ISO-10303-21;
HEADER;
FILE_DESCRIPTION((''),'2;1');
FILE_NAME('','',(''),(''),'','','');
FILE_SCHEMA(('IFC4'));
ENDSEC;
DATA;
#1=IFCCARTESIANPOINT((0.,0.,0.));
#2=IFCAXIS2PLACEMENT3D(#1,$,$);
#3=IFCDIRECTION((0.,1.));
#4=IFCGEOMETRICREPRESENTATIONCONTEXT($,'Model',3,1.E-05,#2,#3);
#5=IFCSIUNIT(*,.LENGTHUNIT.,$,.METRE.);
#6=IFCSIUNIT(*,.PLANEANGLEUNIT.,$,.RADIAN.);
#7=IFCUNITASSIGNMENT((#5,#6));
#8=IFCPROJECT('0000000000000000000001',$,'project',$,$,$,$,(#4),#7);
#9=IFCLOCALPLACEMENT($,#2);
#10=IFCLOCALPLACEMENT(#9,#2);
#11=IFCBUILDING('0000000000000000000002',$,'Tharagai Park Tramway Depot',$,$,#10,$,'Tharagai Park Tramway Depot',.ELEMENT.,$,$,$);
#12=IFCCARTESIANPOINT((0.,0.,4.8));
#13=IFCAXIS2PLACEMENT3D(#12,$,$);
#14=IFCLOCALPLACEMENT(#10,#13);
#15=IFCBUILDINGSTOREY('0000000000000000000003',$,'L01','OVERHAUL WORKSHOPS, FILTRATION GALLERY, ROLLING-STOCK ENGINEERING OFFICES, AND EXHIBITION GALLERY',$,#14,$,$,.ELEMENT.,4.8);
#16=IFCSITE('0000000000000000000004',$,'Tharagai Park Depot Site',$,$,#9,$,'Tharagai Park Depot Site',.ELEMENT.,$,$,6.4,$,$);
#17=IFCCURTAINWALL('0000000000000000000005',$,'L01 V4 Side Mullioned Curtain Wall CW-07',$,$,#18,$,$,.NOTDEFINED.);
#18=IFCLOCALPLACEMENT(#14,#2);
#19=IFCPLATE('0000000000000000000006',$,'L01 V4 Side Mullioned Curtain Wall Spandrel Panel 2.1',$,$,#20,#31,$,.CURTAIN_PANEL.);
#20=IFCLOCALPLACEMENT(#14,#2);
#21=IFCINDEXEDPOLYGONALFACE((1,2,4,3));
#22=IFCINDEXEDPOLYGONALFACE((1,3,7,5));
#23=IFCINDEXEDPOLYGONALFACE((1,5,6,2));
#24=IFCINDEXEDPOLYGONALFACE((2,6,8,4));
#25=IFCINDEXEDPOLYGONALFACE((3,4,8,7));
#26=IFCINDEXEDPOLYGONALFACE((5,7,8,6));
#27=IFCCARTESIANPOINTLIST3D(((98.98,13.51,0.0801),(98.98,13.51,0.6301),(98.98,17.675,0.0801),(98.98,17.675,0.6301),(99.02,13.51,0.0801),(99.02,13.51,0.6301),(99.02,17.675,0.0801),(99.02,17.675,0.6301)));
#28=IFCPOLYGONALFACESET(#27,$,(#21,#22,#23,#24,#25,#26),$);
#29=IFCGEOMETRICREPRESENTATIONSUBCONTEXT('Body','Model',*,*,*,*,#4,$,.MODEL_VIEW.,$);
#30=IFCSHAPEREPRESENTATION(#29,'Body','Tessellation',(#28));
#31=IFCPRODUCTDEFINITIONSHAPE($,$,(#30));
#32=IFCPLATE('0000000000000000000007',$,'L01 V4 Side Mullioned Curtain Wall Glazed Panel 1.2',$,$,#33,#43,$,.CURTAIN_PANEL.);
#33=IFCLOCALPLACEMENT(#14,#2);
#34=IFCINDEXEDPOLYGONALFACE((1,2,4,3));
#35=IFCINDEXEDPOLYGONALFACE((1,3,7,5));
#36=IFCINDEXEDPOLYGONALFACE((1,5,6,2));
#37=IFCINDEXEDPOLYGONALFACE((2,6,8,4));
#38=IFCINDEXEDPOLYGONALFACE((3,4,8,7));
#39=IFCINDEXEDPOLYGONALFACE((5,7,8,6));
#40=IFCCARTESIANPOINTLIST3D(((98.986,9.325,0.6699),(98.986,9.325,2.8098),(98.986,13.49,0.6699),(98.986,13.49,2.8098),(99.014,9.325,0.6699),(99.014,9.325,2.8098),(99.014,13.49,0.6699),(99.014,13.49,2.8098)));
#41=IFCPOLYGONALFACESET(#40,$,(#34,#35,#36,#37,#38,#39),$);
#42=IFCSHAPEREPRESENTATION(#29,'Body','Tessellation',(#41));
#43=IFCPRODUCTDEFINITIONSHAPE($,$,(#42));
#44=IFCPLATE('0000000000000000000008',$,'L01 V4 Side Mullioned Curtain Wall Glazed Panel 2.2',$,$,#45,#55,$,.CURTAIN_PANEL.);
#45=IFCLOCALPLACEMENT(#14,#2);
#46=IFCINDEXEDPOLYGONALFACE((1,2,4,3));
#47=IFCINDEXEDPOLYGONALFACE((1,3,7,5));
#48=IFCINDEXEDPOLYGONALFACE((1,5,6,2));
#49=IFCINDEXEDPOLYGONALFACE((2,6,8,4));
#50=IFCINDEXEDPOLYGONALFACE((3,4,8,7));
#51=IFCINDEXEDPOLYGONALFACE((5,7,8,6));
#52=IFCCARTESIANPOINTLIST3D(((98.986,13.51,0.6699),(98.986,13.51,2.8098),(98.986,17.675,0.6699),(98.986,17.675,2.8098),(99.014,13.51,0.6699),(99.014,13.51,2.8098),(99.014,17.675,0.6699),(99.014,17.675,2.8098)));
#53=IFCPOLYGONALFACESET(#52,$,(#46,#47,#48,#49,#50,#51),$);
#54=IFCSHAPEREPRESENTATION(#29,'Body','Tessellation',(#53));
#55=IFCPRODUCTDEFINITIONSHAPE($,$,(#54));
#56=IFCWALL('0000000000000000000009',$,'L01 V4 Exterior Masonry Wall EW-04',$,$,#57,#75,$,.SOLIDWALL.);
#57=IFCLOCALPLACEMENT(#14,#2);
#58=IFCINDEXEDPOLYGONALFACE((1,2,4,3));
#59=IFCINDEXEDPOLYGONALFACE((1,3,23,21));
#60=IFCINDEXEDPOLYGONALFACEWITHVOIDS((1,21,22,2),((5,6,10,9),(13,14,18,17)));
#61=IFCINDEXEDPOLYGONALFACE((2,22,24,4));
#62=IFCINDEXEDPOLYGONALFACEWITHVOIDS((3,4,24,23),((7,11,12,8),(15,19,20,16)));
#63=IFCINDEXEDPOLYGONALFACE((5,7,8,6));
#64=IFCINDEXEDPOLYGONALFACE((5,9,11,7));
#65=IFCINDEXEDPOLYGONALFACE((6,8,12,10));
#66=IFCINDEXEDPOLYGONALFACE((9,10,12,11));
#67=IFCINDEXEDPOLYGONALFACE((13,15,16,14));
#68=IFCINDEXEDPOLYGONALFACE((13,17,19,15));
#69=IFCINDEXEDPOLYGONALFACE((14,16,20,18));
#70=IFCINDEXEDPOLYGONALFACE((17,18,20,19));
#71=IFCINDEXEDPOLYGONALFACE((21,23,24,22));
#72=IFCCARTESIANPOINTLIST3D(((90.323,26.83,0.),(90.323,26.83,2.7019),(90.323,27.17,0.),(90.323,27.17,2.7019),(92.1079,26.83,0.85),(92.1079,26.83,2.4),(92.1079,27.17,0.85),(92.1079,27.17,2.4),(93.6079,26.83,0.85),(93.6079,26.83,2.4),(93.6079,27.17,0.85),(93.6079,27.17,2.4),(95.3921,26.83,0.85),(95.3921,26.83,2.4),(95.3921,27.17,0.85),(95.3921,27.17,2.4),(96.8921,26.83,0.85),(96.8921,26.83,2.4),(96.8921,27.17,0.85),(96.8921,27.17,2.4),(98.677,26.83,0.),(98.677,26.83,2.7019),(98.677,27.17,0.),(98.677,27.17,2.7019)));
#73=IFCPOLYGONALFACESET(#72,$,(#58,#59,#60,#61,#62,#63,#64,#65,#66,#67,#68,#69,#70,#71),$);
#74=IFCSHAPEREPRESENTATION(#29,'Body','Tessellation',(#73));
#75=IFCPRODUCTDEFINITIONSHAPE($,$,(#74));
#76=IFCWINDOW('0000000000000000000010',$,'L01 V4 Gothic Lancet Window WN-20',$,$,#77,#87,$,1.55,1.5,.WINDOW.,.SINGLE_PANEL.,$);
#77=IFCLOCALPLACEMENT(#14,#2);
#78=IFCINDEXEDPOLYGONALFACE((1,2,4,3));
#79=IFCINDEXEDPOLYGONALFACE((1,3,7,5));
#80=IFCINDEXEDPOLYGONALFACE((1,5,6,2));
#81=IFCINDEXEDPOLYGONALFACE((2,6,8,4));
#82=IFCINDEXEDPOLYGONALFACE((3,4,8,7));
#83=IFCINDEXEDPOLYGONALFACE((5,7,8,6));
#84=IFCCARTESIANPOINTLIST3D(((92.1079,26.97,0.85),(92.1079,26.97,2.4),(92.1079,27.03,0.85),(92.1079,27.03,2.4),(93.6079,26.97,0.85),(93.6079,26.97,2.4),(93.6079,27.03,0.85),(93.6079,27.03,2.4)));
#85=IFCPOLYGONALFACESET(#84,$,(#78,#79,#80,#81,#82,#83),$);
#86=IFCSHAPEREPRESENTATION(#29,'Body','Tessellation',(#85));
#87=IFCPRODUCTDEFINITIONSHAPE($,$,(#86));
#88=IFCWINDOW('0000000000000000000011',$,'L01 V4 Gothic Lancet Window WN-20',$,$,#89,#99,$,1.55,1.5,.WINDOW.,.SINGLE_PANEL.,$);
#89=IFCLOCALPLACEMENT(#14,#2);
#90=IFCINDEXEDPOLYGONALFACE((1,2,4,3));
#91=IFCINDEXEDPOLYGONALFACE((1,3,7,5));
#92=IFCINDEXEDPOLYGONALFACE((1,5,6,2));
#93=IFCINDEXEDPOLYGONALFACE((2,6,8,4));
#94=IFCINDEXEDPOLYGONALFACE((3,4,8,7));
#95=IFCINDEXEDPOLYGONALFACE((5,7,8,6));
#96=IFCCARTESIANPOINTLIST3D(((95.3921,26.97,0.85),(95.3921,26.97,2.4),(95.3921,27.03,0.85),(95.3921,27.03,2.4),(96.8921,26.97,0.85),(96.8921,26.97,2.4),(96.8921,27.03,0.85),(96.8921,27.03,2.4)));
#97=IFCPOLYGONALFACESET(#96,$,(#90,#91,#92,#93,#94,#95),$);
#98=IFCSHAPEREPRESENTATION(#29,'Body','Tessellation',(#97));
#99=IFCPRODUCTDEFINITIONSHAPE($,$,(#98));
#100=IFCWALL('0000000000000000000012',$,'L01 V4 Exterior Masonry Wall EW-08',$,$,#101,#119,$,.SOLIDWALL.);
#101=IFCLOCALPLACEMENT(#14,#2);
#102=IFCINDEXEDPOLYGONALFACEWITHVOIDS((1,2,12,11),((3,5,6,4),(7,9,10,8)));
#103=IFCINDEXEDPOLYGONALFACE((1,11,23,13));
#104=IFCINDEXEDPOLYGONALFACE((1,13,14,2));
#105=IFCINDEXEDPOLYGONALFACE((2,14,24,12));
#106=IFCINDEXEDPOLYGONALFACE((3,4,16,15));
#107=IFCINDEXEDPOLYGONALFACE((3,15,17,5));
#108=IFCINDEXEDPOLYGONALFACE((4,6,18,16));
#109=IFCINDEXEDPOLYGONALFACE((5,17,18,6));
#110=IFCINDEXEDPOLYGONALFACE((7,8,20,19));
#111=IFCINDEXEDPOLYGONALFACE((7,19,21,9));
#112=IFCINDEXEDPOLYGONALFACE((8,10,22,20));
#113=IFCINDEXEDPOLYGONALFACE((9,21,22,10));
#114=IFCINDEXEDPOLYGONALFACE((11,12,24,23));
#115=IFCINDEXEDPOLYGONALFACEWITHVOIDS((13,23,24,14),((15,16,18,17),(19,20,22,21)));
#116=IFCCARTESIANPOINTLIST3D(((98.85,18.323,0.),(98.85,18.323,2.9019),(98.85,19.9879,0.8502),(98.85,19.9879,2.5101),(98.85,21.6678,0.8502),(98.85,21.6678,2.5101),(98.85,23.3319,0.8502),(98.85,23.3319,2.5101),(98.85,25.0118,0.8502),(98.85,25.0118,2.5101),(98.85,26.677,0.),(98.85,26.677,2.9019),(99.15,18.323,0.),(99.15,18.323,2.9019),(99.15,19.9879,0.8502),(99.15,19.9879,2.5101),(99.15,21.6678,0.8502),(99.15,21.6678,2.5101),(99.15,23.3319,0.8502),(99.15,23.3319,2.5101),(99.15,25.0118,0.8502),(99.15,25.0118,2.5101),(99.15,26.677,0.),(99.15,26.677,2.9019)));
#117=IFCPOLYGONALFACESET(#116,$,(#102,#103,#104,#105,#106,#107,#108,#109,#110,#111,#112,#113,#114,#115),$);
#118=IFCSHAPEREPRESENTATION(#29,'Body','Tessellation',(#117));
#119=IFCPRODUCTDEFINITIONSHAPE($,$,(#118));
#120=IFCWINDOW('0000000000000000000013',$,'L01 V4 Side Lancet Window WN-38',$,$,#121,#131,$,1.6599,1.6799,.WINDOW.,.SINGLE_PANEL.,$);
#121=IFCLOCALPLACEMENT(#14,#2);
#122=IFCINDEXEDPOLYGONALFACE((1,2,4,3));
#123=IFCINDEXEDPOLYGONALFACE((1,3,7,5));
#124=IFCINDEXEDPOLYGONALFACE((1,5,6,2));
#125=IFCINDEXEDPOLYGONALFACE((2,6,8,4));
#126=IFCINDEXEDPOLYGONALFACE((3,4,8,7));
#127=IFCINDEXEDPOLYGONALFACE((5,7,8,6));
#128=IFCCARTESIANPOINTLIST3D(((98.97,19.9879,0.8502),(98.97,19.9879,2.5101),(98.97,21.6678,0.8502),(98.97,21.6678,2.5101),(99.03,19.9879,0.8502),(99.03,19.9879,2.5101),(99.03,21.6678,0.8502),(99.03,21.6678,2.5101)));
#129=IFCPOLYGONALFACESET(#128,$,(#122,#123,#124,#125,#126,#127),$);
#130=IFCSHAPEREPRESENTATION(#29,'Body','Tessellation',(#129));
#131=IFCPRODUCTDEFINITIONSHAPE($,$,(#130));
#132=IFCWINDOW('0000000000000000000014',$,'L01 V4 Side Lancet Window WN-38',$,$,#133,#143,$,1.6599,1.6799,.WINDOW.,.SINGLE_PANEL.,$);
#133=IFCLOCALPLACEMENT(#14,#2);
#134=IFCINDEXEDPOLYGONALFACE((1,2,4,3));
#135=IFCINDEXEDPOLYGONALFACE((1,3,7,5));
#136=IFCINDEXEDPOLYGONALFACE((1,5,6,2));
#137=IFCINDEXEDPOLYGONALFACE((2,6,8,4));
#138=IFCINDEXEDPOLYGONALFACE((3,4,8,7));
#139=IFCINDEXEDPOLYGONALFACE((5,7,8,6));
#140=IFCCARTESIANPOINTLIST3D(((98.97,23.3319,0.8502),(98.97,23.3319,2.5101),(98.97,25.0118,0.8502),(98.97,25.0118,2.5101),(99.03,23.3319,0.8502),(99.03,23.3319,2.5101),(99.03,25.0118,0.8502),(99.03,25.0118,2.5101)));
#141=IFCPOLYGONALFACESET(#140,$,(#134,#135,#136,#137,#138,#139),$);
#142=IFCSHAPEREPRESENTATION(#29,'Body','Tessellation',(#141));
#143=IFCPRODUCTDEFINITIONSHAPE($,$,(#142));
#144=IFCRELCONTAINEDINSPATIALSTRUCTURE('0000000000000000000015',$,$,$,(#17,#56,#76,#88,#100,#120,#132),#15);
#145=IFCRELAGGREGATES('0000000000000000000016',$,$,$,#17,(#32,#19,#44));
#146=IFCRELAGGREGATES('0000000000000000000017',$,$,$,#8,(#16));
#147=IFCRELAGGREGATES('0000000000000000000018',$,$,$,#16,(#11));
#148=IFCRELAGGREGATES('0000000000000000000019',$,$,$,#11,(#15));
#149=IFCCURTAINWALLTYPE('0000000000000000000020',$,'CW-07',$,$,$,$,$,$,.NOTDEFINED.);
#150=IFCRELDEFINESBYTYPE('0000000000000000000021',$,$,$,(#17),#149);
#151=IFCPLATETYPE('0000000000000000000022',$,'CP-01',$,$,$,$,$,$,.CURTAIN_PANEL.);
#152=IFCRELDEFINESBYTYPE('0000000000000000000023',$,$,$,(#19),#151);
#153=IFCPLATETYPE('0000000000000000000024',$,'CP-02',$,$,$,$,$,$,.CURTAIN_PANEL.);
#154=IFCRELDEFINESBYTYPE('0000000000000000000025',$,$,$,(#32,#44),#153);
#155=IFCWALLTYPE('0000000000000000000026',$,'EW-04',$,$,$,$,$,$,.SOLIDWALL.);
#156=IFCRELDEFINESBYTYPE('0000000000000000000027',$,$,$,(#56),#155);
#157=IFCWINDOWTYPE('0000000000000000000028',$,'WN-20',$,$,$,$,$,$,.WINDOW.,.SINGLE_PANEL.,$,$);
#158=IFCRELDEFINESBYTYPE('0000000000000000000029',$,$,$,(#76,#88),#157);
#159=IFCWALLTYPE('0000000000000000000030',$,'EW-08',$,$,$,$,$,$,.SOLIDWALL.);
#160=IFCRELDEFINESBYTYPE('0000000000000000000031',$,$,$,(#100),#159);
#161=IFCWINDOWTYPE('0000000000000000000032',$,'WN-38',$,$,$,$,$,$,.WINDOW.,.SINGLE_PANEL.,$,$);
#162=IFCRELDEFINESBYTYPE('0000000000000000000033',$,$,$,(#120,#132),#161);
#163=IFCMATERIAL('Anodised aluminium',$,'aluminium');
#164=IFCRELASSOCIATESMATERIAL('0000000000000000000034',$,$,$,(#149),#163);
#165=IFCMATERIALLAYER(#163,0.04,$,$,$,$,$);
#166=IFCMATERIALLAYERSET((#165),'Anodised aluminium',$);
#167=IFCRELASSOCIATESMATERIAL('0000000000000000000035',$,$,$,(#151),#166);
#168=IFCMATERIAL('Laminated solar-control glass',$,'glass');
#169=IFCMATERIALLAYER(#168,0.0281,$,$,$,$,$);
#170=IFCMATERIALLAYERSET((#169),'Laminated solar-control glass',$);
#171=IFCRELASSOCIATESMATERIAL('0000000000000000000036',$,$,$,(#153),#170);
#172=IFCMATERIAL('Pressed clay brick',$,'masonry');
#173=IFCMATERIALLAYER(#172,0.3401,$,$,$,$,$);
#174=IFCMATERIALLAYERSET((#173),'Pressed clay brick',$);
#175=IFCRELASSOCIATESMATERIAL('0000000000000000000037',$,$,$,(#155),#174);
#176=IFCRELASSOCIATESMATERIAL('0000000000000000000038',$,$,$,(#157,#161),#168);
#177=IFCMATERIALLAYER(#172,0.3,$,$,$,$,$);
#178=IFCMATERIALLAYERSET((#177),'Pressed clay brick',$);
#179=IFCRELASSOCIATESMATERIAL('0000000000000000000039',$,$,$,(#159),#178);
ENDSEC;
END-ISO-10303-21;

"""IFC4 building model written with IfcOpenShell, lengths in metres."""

from ifc_helpers import new_model, si_unit, direction, frame, frame_2d, origin, origin_2d, place, context, subcontext, project, spatial, rectangle, extrude, material, layer, layer_set, type_object, element, fill, aggregate, save


model = new_model("IFC4")

# Units and contexts
model_context = context("Model", 3, precision=1e-05, world=origin(), true_north=direction((0.0, 1.0)))
body_context = subcontext(model_context, "Body", "Model", "MODEL_VIEW")
ifc_project = project(units=[si_unit("LENGTHUNIT", "METRE"), si_unit("PLANEANGLEUNIT", "RADIAN")], contexts=[model_context])

# Site, building, storey
site_placement = place(None, origin())
site = spatial("IfcSite", under=ifc_project, at=site_placement, Name="Tharagai Park Depot Site", LongName="Tharagai Park Depot Site", CompositionType="ELEMENT", RefElevation=6.4)
building_placement = place(site_placement, origin())
building = spatial("IfcBuilding", under=site, at=building_placement, Name="Tharagai Park Tramway Depot", LongName="Tharagai Park Tramway Depot", CompositionType="ELEMENT")
storey_placement = place(building_placement, frame((0.0, 0.0, 4.8)))
storey = spatial("IfcBuildingStorey", under=building, at=storey_placement, Name="L01", Description="OVERHAUL WORKSHOPS, FILTRATION GALLERY, ROLLING-STOCK ENGINEERING OFFICES, AND EXHIBITION GALLERY", CompositionType="ELEMENT", Elevation=4.8)

# Curtain wall
ifc_material_1 = material(Name="Anodised aluminium", Category="aluminium")
curtain_wall_type = type_object("IfcCurtainWallType", Name="CW-07", PredefinedType="NOTDEFINED", material=ifc_material_1)
curtain_wall_placement = place(storey_placement, origin())
curtain_wall = element("IfcCurtainWall", 1, at=curtain_wall_placement, inside=storey, type_object=curtain_wall_type, Name="L01 V4 Side Mullioned Curtain Wall CW-07", PredefinedType="NOTDEFINED")

# Plates
ifc_layer_1 = layer(ifc_material_1, 0.04)
ifc_layer_set_1 = layer_set([ifc_layer_1], Name="Anodised aluminium")
plate_type_1 = type_object("IfcPlateType", Name="CP-01", PredefinedType="CURTAIN_PANEL", material=ifc_layer_set_1)
plate_1_placement = place(storey_placement, frame((99.0, 15.5925, 0.0801), z_axis=(0.0, 0.0, 1.0), x_axis=(0.0, 1.0, 0.0)))
plate_1 = element("IfcPlate", 2, at=plate_1_placement, type_object=plate_type_1, Name="L01 V4 Side Mullioned Curtain Wall Spandrel Panel 2.1", PredefinedType="CURTAIN_PANEL", context=body_context, shape_type="SweptSolid", body=[
    extrude(rectangle(XDim=4.165, YDim=0.04, at=origin_2d()), origin(), (0.0, 0.0, 1.0), 0.55),
])
ifc_material_2 = material(Name="Laminated solar-control glass", Category="glass")
ifc_layer_2 = layer(ifc_material_2, 0.0281)
ifc_layer_set_2 = layer_set([ifc_layer_2], Name="Laminated solar-control glass")
plate_type_2 = type_object("IfcPlateType", Name="CP-02", PredefinedType="CURTAIN_PANEL", material=ifc_layer_set_2)
plate_2_placement = place(storey_placement, frame((99.0, 11.4075, 0.6699), z_axis=(0.0, 0.0, 1.0), x_axis=(0.0, 1.0, 0.0)))
plate_2 = element("IfcPlate", 3, at=plate_2_placement, type_object=plate_type_2, Name="L01 V4 Side Mullioned Curtain Wall Glazed Panel 1.2", PredefinedType="CURTAIN_PANEL", context=body_context, shape_type="SweptSolid", body=[
    extrude(rectangle(XDim=4.165, YDim=0.0281, at=origin_2d()), origin(), (0.0, 0.0, 1.0), 2.1399),
])
plate_3_placement = place(storey_placement, frame((99.0, 15.5925, 0.6699), z_axis=(0.0, 0.0, 1.0), x_axis=(0.0, 1.0, 0.0)))
plate_3 = element("IfcPlate", 4, at=plate_3_placement, type_object=plate_type_2, Name="L01 V4 Side Mullioned Curtain Wall Glazed Panel 2.2", PredefinedType="CURTAIN_PANEL", context=body_context, shape_type="SweptSolid", body=[
    extrude(rectangle(XDim=4.165, YDim=0.0281, at=origin_2d()), origin(), (0.0, 0.0, 1.0), 2.1399),
])
aggregate(curtain_wall, [plate_2, plate_1, plate_3])

# Walls, openings, windows
ifc_material_3 = material(Name="Pressed clay brick", Category="masonry")
ifc_layer_3 = layer(ifc_material_3, 0.3401)
ifc_layer_set_3 = layer_set([ifc_layer_3], Name="Pressed clay brick")
wall_type_1 = type_object("IfcWallType", Name="EW-04", PredefinedType="SOLIDWALL", material=ifc_layer_set_3)
wall_1_placement = place(storey_placement, frame((90.323, 27.0, 0.0), z_axis=(0.0, 0.0, 1.0), x_axis=(1.0, 0.0, 0.0)))
wall_1 = element("IfcWall", 5, at=wall_1_placement, inside=storey, type_object=wall_type_1, Name="L01 V4 Exterior Masonry Wall EW-04", PredefinedType="SOLIDWALL", context=body_context, shape_type="SweptSolid", body=[
    extrude(rectangle(XDim=8.354, YDim=0.3401, at=frame_2d((4.177, 0.0))), origin(), (0.0, 0.0, 1.0), 2.7019),
])
opening_1_placement = place(wall_1_placement, frame((1.7849, 0.0, 0.8501)))
opening_1 = element("IfcOpeningElement", 6, at=opening_1_placement, cuts=wall_1, PredefinedType="OPENING", context=body_context, shape_type="SweptSolid", body=[
    extrude(rectangle(XDim=1.5, YDim=1.55, at=frame_2d((0.75, 0.7749))), frame((0.0, 0.1799, 0.0), z_axis=(0.0, -1.0, 0.0), x_axis=(1.0, 0.0, 0.0)), (0.0, 0.0, 1.0), 0.3601),
])
opening_2_placement = place(wall_1_placement, frame((5.0691, 0.0, 0.8501)))
opening_2 = element("IfcOpeningElement", 7, at=opening_2_placement, cuts=wall_1, PredefinedType="OPENING", context=body_context, shape_type="SweptSolid", body=[
    extrude(rectangle(XDim=1.5, YDim=1.55, at=frame_2d((0.75, 0.7749))), frame((0.0, 0.1799, 0.0), z_axis=(0.0, -1.0, 0.0), x_axis=(1.0, 0.0, 0.0)), (0.0, 0.0, 1.0), 0.3601),
])
window_type_1 = type_object("IfcWindowType", Name="WN-20", PartitioningType="SINGLE_PANEL", PredefinedType="WINDOW", material=ifc_material_2)
window_1_placement = place(opening_1_placement, origin())
window_1 = element("IfcWindow", 8, at=window_1_placement, inside=storey, type_object=window_type_1, Name="L01 V4 Gothic Lancet Window WN-20", OverallHeight=1.55, OverallWidth=1.5, PartitioningType="SINGLE_PANEL", PredefinedType="WINDOW", context=body_context, shape_type="SweptSolid", body=[
    extrude(rectangle(XDim=1.5, YDim=1.55, at=frame_2d((0.75, 0.7749))), frame((0.0, 0.03, 0.0), z_axis=(0.0, -1.0, 0.0), x_axis=(1.0, 0.0, 0.0)), (0.0, 0.0, 1.0), 0.0601),
])
fill(opening_1, window_1)
window_2_placement = place(opening_2_placement, origin())
window_2 = element("IfcWindow", 9, at=window_2_placement, inside=storey, type_object=window_type_1, Name="L01 V4 Gothic Lancet Window WN-20", OverallHeight=1.55, OverallWidth=1.5, PartitioningType="SINGLE_PANEL", PredefinedType="WINDOW", context=body_context, shape_type="SweptSolid", body=[
    extrude(rectangle(XDim=1.5, YDim=1.55, at=frame_2d((0.75, 0.7749))), frame((0.0, 0.03, 0.0), z_axis=(0.0, -1.0, 0.0), x_axis=(1.0, 0.0, 0.0)), (0.0, 0.0, 1.0), 0.0601),
])
fill(opening_2, window_2)
ifc_layer_4 = layer(ifc_material_3, 0.3)
ifc_layer_set_4 = layer_set([ifc_layer_4], Name="Pressed clay brick")
wall_type_2 = type_object("IfcWallType", Name="EW-08", PredefinedType="SOLIDWALL", material=ifc_layer_set_4)
wall_2_placement = place(storey_placement, frame((99.0, 18.323, 0.0), z_axis=(0.0, 0.0, 1.0), x_axis=(0.0, 1.0, 0.0)))
wall_2 = element("IfcWall", 10, at=wall_2_placement, inside=storey, type_object=wall_type_2, Name="L01 V4 Exterior Masonry Wall EW-08", PredefinedType="SOLIDWALL", context=body_context, shape_type="SweptSolid", body=[
    extrude(rectangle(XDim=8.354, YDim=0.3, at=frame_2d((4.177, 0.0))), origin(), (0.0, 0.0, 1.0), 2.9019),
])
opening_3_placement = place(wall_2_placement, frame((1.665, 0.0, 0.8501)))
opening_3 = element("IfcOpeningElement", 11, at=opening_3_placement, cuts=wall_2, PredefinedType="OPENING", context=body_context, shape_type="SweptSolid", body=[
    extrude(rectangle(XDim=1.6799, YDim=1.6599, at=frame_2d((0.8398, 0.8301))), frame((0.0, 0.1599, 0.0), z_axis=(0.0, -1.0, 0.0), x_axis=(1.0, 0.0, 0.0)), (0.0, 0.0, 1.0), 0.3201),
])
opening_4_placement = place(wall_2_placement, frame((5.009, 0.0, 0.8501)))
opening_4 = element("IfcOpeningElement", 12, at=opening_4_placement, cuts=wall_2, PredefinedType="OPENING", context=body_context, shape_type="SweptSolid", body=[
    extrude(rectangle(XDim=1.6799, YDim=1.6599, at=frame_2d((0.8398, 0.8301))), frame((0.0, 0.1599, 0.0), z_axis=(0.0, -1.0, 0.0), x_axis=(1.0, 0.0, 0.0)), (0.0, 0.0, 1.0), 0.3201),
])
window_type_2 = type_object("IfcWindowType", Name="WN-38", PartitioningType="SINGLE_PANEL", PredefinedType="WINDOW", material=ifc_material_2)
window_3_placement = place(opening_3_placement, origin())
window_3 = element("IfcWindow", 13, at=window_3_placement, inside=storey, type_object=window_type_2, Name="L01 V4 Side Lancet Window WN-38", OverallHeight=1.6599, OverallWidth=1.6799, PartitioningType="SINGLE_PANEL", PredefinedType="WINDOW", context=body_context, shape_type="SweptSolid", body=[
    extrude(rectangle(XDim=1.6799, YDim=1.6599, at=frame_2d((0.8398, 0.8301))), frame((0.0, 0.03, 0.0), z_axis=(0.0, -1.0, 0.0), x_axis=(1.0, 0.0, 0.0)), (0.0, 0.0, 1.0), 0.0601),
])
fill(opening_3, window_3)
window_4_placement = place(opening_4_placement, origin())
window_4 = element("IfcWindow", 14, at=window_4_placement, inside=storey, type_object=window_type_2, Name="L01 V4 Side Lancet Window WN-38", OverallHeight=1.6599, OverallWidth=1.6799, PartitioningType="SINGLE_PANEL", PredefinedType="WINDOW", context=body_context, shape_type="SweptSolid", body=[
    extrude(rectangle(XDim=1.6799, YDim=1.6599, at=frame_2d((0.8398, 0.8301))), frame((0.0, 0.03, 0.0), z_axis=(0.0, -1.0, 0.0), x_axis=(1.0, 0.0, 0.0)), (0.0, 0.0, 1.0), 0.0601),
])
fill(opening_4, window_4)

save(model, "model.ifc")
